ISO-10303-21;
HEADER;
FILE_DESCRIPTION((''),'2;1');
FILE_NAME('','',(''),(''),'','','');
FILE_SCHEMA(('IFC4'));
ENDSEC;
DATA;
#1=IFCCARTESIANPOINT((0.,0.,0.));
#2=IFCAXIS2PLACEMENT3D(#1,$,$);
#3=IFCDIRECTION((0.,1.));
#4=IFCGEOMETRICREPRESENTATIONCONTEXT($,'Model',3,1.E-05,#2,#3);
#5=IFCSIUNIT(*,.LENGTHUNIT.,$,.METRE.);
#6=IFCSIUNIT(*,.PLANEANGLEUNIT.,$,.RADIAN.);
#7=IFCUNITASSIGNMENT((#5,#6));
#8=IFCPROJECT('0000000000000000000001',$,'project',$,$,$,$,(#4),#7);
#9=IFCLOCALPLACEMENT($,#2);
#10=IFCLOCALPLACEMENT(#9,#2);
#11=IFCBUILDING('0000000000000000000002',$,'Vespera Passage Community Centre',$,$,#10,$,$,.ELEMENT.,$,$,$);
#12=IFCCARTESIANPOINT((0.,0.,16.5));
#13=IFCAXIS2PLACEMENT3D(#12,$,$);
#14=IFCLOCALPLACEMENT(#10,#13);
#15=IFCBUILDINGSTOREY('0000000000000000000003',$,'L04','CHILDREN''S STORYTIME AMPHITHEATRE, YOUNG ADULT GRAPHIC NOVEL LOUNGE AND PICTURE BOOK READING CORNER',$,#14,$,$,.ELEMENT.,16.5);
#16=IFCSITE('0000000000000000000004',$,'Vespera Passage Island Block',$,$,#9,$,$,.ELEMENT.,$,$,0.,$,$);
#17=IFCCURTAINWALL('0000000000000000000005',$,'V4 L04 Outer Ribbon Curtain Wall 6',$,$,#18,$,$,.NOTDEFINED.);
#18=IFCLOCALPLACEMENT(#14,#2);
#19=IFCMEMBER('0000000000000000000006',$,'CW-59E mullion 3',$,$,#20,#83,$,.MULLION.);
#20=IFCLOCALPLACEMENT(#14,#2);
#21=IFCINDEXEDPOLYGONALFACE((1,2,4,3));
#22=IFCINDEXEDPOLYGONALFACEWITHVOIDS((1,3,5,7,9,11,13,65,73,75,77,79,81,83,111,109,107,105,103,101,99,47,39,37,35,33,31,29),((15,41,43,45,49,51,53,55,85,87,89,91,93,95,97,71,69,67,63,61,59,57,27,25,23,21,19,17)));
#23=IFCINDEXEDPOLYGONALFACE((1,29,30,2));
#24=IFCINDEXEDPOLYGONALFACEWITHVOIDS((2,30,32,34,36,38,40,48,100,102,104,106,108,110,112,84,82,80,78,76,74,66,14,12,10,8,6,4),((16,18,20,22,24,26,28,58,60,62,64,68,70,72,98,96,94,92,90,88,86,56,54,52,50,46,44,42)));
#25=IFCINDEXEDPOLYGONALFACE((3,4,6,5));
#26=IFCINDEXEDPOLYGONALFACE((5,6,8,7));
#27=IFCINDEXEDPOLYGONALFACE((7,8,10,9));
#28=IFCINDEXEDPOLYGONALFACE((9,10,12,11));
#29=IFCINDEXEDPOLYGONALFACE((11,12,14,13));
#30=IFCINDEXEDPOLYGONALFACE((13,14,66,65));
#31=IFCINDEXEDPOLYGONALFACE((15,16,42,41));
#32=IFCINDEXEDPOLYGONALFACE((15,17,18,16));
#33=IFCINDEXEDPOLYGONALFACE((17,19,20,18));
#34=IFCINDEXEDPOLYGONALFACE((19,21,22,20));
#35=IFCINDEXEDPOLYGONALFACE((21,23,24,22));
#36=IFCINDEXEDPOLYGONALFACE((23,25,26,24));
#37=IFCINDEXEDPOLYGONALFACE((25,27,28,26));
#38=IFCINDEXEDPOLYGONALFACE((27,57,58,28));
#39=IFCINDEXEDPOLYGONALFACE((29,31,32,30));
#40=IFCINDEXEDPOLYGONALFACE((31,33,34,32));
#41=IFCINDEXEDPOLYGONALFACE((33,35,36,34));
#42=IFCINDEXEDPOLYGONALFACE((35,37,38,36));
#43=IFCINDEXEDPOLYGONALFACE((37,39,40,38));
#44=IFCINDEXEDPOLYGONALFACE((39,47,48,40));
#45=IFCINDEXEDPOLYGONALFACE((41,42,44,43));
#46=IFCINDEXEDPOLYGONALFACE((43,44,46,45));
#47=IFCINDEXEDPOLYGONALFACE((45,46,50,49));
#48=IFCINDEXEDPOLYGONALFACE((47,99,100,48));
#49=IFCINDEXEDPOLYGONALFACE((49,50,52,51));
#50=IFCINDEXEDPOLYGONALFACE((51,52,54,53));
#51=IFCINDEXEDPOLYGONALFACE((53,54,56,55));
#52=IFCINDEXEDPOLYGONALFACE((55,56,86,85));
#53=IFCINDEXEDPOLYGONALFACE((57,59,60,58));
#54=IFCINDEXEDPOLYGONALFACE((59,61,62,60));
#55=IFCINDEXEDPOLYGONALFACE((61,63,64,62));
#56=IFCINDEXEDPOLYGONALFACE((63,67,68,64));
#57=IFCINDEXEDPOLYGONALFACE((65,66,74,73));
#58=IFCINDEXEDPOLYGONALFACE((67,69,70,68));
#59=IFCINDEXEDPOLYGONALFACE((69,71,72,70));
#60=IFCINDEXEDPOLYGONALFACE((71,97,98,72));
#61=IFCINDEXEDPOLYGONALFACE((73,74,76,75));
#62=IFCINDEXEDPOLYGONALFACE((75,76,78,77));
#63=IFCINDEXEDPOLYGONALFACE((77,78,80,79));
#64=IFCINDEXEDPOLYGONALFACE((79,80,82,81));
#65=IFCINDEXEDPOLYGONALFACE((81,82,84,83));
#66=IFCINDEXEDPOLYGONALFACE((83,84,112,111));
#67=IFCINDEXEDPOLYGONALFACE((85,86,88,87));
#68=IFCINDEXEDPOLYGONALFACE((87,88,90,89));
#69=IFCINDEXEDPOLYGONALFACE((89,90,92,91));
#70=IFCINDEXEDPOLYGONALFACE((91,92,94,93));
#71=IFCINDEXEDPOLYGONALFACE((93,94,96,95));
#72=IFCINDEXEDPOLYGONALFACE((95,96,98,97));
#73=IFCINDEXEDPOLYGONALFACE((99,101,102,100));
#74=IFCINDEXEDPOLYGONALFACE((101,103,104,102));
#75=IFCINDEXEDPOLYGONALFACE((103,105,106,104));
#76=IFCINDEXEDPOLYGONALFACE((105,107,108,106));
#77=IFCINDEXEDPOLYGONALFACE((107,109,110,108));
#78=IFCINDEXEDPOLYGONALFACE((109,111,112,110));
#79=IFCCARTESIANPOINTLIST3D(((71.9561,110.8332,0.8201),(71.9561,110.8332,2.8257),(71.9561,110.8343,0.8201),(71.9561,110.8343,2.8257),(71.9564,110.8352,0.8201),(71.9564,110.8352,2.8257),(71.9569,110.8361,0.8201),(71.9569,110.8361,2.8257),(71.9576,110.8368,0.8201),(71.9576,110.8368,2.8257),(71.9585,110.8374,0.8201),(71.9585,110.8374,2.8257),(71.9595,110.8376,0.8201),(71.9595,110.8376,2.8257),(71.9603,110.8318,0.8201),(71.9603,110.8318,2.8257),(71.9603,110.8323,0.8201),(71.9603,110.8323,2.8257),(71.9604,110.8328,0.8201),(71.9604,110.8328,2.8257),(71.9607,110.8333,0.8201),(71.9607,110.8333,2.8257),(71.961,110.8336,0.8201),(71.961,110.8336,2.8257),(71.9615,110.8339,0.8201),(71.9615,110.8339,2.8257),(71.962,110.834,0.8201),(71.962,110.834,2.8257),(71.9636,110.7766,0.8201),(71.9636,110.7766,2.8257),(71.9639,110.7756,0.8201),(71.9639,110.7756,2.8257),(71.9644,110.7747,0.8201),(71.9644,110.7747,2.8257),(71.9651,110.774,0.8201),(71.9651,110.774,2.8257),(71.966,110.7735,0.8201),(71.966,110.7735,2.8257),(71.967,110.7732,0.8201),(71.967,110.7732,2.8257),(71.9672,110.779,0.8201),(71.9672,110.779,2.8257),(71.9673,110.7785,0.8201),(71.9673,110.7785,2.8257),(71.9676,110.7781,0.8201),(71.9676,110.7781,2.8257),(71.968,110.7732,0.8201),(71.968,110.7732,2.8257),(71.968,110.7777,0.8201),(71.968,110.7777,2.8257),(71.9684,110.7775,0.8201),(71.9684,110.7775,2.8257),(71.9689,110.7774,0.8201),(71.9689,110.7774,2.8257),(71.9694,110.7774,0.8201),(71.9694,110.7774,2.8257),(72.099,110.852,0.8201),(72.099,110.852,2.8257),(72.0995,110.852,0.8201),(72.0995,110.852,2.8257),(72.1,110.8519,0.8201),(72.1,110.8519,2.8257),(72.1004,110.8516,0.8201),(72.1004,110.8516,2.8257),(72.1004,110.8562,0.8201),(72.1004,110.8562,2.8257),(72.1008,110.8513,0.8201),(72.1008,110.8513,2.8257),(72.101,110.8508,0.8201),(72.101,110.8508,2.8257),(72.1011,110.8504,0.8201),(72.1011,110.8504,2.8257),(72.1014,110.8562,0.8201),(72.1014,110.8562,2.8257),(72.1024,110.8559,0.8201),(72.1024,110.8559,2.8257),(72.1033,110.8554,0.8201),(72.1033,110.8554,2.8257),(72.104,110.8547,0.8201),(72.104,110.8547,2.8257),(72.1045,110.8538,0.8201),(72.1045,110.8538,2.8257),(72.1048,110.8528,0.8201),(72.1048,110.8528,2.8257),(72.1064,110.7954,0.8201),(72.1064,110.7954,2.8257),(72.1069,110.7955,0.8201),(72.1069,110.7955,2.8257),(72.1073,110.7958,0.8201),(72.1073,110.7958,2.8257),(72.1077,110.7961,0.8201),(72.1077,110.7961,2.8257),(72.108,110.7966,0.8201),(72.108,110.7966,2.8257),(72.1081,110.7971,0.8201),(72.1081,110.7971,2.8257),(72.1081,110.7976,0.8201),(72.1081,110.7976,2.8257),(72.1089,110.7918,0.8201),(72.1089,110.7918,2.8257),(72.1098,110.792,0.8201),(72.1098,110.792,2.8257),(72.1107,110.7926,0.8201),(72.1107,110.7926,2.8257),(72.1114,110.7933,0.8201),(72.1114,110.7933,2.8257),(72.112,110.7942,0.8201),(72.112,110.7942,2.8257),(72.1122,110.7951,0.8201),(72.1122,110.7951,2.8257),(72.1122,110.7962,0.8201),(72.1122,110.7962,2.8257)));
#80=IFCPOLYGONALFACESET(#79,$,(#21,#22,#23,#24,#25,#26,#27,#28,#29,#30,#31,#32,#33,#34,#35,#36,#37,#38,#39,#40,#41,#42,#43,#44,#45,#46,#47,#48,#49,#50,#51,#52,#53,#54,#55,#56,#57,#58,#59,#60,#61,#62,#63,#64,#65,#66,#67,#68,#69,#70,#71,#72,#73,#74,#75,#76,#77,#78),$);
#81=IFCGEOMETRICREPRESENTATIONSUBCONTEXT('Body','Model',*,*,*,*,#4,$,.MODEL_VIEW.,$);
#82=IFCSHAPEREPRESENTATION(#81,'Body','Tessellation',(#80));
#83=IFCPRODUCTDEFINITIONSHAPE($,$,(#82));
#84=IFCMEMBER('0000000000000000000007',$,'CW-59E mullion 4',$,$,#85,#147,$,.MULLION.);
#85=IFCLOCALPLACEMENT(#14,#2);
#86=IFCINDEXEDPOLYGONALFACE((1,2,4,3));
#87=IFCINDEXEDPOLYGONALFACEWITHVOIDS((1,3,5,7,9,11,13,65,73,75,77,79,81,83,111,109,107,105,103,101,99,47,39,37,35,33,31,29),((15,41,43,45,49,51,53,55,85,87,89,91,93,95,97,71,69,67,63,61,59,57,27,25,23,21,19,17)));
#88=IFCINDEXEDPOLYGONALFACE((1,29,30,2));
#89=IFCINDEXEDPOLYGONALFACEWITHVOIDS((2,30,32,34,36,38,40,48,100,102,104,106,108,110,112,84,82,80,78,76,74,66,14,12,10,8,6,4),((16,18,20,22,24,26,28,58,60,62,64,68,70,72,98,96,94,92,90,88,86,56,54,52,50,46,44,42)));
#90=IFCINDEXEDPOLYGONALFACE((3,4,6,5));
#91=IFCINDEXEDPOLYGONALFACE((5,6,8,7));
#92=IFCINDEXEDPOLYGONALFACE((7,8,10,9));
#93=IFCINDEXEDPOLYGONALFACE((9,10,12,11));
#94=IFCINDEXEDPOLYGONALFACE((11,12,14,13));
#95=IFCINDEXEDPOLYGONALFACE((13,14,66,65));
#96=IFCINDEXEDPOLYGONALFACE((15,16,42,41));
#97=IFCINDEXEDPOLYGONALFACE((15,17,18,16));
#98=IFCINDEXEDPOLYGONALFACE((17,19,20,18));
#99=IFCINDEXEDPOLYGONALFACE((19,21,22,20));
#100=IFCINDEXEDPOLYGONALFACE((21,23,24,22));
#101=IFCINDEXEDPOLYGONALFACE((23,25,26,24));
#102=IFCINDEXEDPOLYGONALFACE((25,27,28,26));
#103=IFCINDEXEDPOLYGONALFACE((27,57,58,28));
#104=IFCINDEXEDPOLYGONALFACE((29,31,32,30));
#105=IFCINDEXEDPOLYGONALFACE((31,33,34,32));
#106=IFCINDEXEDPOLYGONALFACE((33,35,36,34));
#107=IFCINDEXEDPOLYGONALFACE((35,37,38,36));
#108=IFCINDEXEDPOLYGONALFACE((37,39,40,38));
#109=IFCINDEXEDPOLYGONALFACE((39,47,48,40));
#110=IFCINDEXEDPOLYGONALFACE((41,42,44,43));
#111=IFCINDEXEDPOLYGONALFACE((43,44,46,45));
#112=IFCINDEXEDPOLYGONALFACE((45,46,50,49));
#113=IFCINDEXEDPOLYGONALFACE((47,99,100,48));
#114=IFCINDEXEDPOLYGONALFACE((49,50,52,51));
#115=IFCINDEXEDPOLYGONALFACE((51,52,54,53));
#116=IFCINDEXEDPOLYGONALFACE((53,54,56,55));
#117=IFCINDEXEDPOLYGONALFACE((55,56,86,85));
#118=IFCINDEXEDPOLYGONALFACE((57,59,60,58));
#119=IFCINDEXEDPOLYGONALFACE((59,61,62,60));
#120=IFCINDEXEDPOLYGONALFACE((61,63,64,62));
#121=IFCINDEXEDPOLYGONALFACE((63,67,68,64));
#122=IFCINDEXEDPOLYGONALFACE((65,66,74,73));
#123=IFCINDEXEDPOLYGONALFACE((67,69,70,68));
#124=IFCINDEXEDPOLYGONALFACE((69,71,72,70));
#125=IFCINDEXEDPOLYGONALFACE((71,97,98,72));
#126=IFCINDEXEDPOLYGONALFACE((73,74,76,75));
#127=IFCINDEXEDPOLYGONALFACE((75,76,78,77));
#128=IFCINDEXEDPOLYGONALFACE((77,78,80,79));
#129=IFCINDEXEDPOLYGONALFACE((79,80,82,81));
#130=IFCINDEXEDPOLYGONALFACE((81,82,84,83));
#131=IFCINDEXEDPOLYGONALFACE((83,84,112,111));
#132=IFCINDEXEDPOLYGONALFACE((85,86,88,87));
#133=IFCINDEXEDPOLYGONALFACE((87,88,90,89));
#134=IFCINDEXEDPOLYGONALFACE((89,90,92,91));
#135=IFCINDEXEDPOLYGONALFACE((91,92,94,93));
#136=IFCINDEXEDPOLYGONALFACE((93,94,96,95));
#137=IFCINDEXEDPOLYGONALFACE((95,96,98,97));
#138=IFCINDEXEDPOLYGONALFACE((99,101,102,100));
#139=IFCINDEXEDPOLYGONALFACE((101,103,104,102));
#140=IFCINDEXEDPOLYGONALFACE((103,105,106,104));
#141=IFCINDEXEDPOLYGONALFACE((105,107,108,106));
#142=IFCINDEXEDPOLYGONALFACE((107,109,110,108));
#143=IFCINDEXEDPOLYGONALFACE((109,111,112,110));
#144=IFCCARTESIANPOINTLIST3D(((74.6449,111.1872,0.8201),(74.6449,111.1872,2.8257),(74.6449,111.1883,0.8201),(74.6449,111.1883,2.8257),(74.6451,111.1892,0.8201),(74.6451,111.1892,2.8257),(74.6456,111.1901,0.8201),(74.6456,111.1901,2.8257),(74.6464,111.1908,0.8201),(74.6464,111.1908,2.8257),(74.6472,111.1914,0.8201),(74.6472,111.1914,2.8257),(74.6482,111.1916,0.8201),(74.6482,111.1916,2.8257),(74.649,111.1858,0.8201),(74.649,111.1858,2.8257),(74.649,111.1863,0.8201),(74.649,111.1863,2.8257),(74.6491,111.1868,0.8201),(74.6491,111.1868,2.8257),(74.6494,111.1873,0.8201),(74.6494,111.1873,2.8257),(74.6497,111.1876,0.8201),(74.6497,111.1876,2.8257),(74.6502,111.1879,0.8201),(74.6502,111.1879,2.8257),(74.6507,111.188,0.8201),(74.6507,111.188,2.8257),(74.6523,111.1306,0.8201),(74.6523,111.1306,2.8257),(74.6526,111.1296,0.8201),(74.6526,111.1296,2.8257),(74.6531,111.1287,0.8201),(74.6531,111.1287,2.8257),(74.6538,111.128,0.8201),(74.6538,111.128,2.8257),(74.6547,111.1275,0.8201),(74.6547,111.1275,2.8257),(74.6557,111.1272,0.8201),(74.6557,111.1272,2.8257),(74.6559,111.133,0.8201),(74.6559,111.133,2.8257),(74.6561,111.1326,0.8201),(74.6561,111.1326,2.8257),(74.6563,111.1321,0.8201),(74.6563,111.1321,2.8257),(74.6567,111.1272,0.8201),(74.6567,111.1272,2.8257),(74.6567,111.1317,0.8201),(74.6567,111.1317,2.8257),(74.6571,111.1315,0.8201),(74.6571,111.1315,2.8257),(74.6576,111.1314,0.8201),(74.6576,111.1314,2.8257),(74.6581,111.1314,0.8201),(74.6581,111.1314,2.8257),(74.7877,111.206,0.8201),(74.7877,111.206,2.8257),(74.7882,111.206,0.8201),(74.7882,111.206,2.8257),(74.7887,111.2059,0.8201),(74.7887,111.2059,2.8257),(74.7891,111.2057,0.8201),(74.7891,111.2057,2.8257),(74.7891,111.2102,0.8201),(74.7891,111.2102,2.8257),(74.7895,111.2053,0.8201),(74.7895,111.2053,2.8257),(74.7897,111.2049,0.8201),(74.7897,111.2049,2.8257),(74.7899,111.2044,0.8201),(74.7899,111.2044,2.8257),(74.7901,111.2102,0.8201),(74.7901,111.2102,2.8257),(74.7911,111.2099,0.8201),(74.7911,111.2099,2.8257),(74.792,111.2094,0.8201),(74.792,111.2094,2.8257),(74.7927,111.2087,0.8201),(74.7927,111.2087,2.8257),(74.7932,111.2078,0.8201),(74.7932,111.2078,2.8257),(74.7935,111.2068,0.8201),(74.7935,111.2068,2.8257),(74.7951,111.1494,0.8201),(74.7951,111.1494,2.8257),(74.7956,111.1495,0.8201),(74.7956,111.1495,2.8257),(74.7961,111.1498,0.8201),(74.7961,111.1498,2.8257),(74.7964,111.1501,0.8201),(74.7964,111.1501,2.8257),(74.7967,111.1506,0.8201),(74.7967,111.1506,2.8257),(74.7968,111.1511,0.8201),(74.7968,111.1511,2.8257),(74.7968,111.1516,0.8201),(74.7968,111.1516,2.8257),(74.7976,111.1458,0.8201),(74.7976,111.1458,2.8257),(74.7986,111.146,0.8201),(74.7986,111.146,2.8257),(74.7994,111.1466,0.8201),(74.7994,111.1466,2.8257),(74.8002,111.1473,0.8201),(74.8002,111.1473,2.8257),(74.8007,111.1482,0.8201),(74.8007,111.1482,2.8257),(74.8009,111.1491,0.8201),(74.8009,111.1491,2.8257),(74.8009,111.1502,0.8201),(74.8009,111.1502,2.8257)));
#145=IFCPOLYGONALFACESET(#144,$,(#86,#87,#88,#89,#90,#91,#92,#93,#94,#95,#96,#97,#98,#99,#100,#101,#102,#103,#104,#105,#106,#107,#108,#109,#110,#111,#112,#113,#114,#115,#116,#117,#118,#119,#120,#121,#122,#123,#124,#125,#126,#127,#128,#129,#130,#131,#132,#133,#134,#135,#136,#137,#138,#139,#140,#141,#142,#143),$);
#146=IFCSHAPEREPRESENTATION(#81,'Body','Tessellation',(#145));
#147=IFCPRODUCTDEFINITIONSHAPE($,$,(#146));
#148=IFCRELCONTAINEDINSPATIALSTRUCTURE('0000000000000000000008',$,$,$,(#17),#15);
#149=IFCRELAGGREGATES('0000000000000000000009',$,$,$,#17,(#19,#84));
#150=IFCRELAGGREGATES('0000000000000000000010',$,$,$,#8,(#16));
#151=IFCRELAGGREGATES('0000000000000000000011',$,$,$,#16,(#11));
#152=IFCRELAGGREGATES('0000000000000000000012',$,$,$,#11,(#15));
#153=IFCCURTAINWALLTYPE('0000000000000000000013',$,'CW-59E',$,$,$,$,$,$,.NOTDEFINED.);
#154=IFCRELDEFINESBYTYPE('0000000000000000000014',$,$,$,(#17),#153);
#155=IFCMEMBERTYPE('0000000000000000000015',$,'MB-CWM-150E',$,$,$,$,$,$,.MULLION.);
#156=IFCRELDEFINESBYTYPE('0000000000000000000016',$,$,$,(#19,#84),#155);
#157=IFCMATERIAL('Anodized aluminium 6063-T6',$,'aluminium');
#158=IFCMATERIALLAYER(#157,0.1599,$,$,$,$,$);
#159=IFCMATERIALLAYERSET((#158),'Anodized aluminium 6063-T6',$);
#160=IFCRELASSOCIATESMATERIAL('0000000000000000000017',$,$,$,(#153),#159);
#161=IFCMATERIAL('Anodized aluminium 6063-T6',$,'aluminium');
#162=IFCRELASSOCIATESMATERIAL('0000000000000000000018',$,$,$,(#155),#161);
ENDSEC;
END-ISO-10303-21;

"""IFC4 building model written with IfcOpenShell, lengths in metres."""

from ifc_helpers import new_model, si_unit, direction, frame, origin, origin_2d, place, context, subcontext, project, spatial, hollow_rectangle, extrude, material, layer, layer_set, material_profile, profile_set, type_object, element, aggregate, save


model = new_model("IFC4")

# Units and contexts
model_context = context("Model", 3, precision=1e-05, world=origin(), true_north=direction((0.0, 1.0)))
body_context = subcontext(model_context, "Body", "Model", "MODEL_VIEW")
ifc_project = project(units=[si_unit("LENGTHUNIT", "METRE"), si_unit("PLANEANGLEUNIT", "RADIAN")], contexts=[model_context])

# Site, building, storey
site_placement = place(None, origin())
site = spatial("IfcSite", under=ifc_project, at=site_placement, Name="Vespera Passage Island Block", CompositionType="ELEMENT", RefElevation=0.0)
building_placement = place(site_placement, origin())
building = spatial("IfcBuilding", under=site, at=building_placement, Name="Vespera Passage Community Centre", CompositionType="ELEMENT")
storey_placement = place(building_placement, frame((0.0, 0.0, 16.5)))
storey = spatial("IfcBuildingStorey", under=building, at=storey_placement, Name="L04", Description="CHILDREN'S STORYTIME AMPHITHEATRE, YOUNG ADULT GRAPHIC NOVEL LOUNGE AND PICTURE BOOK READING CORNER", CompositionType="ELEMENT", Elevation=16.5)

# Curtain wall, members
ifc_material_1 = material(Name="Anodized aluminium 6063-T6", Category="aluminium")
ifc_layer_1 = layer(ifc_material_1, 0.1599)
ifc_layer_set_1 = layer_set([ifc_layer_1], Name="Anodized aluminium 6063-T6")
curtain_wall_type = type_object("IfcCurtainWallType", Name="CW-59E", PredefinedType="NOTDEFINED", material=ifc_layer_set_1)
curtain_wall_placement = place(storey_placement, origin())
curtain_wall = element("IfcCurtainWall", 1, at=curtain_wall_placement, inside=storey, type_object=curtain_wall_type, Name="V4 L04 Outer Ribbon Curtain Wall 6", PredefinedType="NOTDEFINED")
ifc_material_2 = material(Name="Anodized aluminium 6063-T6", Category="aluminium")
ifc_material_profile_1 = material_profile(ifc_material_2, hollow_rectangle(XDim=0.0649, YDim=0.1499, WallThickness=0.0039, InnerFilletRadius=0.002, OuterFilletRadius=0.0039, at=origin_2d()), Name="ALU150X65X4")
ifc_profile_set_1 = profile_set([ifc_material_profile_1], Name="Anodized aluminium 6063-T6")
member_type_1 = type_object("IfcMemberType", Name="MB-CWM-150E", PredefinedType="MULLION", material=ifc_profile_set_1)
member_1_placement = place(storey_placement, frame((72.0342, 110.8147, 0.8201), z_axis=(0.0, 0.0, 1.0), x_axis=(-0.130531, 0.991444, 0.0)))
member_1 = element("IfcMember", 2, at=member_1_placement, type_object=member_type_1, Name="CW-59E mullion 3", PredefinedType="MULLION", context=body_context, shape_type="SweptSolid", body=[
    extrude(hollow_rectangle(XDim=0.0649, YDim=0.1499, WallThickness=0.0039, InnerFilletRadius=0.002, OuterFilletRadius=0.0039, at=origin_2d()), origin(), (0.0, 0.0, 1.0), 2.0056),
])
member_2_placement = place(storey_placement, frame((74.7229, 111.1687, 0.8201), z_axis=(0.0, 0.0, 1.0), x_axis=(-0.130531, 0.991444, 0.0)))
member_2 = element("IfcMember", 3, at=member_2_placement, type_object=member_type_1, Name="CW-59E mullion 4", PredefinedType="MULLION", context=body_context, shape_type="SweptSolid", body=[
    extrude(hollow_rectangle(XDim=0.0649, YDim=0.1499, WallThickness=0.0039, InnerFilletRadius=0.002, OuterFilletRadius=0.0039, at=origin_2d()), origin(), (0.0, 0.0, 1.0), 2.0056),
])
aggregate(curtain_wall, [member_1, member_2])

save(model, "model.ifc")
